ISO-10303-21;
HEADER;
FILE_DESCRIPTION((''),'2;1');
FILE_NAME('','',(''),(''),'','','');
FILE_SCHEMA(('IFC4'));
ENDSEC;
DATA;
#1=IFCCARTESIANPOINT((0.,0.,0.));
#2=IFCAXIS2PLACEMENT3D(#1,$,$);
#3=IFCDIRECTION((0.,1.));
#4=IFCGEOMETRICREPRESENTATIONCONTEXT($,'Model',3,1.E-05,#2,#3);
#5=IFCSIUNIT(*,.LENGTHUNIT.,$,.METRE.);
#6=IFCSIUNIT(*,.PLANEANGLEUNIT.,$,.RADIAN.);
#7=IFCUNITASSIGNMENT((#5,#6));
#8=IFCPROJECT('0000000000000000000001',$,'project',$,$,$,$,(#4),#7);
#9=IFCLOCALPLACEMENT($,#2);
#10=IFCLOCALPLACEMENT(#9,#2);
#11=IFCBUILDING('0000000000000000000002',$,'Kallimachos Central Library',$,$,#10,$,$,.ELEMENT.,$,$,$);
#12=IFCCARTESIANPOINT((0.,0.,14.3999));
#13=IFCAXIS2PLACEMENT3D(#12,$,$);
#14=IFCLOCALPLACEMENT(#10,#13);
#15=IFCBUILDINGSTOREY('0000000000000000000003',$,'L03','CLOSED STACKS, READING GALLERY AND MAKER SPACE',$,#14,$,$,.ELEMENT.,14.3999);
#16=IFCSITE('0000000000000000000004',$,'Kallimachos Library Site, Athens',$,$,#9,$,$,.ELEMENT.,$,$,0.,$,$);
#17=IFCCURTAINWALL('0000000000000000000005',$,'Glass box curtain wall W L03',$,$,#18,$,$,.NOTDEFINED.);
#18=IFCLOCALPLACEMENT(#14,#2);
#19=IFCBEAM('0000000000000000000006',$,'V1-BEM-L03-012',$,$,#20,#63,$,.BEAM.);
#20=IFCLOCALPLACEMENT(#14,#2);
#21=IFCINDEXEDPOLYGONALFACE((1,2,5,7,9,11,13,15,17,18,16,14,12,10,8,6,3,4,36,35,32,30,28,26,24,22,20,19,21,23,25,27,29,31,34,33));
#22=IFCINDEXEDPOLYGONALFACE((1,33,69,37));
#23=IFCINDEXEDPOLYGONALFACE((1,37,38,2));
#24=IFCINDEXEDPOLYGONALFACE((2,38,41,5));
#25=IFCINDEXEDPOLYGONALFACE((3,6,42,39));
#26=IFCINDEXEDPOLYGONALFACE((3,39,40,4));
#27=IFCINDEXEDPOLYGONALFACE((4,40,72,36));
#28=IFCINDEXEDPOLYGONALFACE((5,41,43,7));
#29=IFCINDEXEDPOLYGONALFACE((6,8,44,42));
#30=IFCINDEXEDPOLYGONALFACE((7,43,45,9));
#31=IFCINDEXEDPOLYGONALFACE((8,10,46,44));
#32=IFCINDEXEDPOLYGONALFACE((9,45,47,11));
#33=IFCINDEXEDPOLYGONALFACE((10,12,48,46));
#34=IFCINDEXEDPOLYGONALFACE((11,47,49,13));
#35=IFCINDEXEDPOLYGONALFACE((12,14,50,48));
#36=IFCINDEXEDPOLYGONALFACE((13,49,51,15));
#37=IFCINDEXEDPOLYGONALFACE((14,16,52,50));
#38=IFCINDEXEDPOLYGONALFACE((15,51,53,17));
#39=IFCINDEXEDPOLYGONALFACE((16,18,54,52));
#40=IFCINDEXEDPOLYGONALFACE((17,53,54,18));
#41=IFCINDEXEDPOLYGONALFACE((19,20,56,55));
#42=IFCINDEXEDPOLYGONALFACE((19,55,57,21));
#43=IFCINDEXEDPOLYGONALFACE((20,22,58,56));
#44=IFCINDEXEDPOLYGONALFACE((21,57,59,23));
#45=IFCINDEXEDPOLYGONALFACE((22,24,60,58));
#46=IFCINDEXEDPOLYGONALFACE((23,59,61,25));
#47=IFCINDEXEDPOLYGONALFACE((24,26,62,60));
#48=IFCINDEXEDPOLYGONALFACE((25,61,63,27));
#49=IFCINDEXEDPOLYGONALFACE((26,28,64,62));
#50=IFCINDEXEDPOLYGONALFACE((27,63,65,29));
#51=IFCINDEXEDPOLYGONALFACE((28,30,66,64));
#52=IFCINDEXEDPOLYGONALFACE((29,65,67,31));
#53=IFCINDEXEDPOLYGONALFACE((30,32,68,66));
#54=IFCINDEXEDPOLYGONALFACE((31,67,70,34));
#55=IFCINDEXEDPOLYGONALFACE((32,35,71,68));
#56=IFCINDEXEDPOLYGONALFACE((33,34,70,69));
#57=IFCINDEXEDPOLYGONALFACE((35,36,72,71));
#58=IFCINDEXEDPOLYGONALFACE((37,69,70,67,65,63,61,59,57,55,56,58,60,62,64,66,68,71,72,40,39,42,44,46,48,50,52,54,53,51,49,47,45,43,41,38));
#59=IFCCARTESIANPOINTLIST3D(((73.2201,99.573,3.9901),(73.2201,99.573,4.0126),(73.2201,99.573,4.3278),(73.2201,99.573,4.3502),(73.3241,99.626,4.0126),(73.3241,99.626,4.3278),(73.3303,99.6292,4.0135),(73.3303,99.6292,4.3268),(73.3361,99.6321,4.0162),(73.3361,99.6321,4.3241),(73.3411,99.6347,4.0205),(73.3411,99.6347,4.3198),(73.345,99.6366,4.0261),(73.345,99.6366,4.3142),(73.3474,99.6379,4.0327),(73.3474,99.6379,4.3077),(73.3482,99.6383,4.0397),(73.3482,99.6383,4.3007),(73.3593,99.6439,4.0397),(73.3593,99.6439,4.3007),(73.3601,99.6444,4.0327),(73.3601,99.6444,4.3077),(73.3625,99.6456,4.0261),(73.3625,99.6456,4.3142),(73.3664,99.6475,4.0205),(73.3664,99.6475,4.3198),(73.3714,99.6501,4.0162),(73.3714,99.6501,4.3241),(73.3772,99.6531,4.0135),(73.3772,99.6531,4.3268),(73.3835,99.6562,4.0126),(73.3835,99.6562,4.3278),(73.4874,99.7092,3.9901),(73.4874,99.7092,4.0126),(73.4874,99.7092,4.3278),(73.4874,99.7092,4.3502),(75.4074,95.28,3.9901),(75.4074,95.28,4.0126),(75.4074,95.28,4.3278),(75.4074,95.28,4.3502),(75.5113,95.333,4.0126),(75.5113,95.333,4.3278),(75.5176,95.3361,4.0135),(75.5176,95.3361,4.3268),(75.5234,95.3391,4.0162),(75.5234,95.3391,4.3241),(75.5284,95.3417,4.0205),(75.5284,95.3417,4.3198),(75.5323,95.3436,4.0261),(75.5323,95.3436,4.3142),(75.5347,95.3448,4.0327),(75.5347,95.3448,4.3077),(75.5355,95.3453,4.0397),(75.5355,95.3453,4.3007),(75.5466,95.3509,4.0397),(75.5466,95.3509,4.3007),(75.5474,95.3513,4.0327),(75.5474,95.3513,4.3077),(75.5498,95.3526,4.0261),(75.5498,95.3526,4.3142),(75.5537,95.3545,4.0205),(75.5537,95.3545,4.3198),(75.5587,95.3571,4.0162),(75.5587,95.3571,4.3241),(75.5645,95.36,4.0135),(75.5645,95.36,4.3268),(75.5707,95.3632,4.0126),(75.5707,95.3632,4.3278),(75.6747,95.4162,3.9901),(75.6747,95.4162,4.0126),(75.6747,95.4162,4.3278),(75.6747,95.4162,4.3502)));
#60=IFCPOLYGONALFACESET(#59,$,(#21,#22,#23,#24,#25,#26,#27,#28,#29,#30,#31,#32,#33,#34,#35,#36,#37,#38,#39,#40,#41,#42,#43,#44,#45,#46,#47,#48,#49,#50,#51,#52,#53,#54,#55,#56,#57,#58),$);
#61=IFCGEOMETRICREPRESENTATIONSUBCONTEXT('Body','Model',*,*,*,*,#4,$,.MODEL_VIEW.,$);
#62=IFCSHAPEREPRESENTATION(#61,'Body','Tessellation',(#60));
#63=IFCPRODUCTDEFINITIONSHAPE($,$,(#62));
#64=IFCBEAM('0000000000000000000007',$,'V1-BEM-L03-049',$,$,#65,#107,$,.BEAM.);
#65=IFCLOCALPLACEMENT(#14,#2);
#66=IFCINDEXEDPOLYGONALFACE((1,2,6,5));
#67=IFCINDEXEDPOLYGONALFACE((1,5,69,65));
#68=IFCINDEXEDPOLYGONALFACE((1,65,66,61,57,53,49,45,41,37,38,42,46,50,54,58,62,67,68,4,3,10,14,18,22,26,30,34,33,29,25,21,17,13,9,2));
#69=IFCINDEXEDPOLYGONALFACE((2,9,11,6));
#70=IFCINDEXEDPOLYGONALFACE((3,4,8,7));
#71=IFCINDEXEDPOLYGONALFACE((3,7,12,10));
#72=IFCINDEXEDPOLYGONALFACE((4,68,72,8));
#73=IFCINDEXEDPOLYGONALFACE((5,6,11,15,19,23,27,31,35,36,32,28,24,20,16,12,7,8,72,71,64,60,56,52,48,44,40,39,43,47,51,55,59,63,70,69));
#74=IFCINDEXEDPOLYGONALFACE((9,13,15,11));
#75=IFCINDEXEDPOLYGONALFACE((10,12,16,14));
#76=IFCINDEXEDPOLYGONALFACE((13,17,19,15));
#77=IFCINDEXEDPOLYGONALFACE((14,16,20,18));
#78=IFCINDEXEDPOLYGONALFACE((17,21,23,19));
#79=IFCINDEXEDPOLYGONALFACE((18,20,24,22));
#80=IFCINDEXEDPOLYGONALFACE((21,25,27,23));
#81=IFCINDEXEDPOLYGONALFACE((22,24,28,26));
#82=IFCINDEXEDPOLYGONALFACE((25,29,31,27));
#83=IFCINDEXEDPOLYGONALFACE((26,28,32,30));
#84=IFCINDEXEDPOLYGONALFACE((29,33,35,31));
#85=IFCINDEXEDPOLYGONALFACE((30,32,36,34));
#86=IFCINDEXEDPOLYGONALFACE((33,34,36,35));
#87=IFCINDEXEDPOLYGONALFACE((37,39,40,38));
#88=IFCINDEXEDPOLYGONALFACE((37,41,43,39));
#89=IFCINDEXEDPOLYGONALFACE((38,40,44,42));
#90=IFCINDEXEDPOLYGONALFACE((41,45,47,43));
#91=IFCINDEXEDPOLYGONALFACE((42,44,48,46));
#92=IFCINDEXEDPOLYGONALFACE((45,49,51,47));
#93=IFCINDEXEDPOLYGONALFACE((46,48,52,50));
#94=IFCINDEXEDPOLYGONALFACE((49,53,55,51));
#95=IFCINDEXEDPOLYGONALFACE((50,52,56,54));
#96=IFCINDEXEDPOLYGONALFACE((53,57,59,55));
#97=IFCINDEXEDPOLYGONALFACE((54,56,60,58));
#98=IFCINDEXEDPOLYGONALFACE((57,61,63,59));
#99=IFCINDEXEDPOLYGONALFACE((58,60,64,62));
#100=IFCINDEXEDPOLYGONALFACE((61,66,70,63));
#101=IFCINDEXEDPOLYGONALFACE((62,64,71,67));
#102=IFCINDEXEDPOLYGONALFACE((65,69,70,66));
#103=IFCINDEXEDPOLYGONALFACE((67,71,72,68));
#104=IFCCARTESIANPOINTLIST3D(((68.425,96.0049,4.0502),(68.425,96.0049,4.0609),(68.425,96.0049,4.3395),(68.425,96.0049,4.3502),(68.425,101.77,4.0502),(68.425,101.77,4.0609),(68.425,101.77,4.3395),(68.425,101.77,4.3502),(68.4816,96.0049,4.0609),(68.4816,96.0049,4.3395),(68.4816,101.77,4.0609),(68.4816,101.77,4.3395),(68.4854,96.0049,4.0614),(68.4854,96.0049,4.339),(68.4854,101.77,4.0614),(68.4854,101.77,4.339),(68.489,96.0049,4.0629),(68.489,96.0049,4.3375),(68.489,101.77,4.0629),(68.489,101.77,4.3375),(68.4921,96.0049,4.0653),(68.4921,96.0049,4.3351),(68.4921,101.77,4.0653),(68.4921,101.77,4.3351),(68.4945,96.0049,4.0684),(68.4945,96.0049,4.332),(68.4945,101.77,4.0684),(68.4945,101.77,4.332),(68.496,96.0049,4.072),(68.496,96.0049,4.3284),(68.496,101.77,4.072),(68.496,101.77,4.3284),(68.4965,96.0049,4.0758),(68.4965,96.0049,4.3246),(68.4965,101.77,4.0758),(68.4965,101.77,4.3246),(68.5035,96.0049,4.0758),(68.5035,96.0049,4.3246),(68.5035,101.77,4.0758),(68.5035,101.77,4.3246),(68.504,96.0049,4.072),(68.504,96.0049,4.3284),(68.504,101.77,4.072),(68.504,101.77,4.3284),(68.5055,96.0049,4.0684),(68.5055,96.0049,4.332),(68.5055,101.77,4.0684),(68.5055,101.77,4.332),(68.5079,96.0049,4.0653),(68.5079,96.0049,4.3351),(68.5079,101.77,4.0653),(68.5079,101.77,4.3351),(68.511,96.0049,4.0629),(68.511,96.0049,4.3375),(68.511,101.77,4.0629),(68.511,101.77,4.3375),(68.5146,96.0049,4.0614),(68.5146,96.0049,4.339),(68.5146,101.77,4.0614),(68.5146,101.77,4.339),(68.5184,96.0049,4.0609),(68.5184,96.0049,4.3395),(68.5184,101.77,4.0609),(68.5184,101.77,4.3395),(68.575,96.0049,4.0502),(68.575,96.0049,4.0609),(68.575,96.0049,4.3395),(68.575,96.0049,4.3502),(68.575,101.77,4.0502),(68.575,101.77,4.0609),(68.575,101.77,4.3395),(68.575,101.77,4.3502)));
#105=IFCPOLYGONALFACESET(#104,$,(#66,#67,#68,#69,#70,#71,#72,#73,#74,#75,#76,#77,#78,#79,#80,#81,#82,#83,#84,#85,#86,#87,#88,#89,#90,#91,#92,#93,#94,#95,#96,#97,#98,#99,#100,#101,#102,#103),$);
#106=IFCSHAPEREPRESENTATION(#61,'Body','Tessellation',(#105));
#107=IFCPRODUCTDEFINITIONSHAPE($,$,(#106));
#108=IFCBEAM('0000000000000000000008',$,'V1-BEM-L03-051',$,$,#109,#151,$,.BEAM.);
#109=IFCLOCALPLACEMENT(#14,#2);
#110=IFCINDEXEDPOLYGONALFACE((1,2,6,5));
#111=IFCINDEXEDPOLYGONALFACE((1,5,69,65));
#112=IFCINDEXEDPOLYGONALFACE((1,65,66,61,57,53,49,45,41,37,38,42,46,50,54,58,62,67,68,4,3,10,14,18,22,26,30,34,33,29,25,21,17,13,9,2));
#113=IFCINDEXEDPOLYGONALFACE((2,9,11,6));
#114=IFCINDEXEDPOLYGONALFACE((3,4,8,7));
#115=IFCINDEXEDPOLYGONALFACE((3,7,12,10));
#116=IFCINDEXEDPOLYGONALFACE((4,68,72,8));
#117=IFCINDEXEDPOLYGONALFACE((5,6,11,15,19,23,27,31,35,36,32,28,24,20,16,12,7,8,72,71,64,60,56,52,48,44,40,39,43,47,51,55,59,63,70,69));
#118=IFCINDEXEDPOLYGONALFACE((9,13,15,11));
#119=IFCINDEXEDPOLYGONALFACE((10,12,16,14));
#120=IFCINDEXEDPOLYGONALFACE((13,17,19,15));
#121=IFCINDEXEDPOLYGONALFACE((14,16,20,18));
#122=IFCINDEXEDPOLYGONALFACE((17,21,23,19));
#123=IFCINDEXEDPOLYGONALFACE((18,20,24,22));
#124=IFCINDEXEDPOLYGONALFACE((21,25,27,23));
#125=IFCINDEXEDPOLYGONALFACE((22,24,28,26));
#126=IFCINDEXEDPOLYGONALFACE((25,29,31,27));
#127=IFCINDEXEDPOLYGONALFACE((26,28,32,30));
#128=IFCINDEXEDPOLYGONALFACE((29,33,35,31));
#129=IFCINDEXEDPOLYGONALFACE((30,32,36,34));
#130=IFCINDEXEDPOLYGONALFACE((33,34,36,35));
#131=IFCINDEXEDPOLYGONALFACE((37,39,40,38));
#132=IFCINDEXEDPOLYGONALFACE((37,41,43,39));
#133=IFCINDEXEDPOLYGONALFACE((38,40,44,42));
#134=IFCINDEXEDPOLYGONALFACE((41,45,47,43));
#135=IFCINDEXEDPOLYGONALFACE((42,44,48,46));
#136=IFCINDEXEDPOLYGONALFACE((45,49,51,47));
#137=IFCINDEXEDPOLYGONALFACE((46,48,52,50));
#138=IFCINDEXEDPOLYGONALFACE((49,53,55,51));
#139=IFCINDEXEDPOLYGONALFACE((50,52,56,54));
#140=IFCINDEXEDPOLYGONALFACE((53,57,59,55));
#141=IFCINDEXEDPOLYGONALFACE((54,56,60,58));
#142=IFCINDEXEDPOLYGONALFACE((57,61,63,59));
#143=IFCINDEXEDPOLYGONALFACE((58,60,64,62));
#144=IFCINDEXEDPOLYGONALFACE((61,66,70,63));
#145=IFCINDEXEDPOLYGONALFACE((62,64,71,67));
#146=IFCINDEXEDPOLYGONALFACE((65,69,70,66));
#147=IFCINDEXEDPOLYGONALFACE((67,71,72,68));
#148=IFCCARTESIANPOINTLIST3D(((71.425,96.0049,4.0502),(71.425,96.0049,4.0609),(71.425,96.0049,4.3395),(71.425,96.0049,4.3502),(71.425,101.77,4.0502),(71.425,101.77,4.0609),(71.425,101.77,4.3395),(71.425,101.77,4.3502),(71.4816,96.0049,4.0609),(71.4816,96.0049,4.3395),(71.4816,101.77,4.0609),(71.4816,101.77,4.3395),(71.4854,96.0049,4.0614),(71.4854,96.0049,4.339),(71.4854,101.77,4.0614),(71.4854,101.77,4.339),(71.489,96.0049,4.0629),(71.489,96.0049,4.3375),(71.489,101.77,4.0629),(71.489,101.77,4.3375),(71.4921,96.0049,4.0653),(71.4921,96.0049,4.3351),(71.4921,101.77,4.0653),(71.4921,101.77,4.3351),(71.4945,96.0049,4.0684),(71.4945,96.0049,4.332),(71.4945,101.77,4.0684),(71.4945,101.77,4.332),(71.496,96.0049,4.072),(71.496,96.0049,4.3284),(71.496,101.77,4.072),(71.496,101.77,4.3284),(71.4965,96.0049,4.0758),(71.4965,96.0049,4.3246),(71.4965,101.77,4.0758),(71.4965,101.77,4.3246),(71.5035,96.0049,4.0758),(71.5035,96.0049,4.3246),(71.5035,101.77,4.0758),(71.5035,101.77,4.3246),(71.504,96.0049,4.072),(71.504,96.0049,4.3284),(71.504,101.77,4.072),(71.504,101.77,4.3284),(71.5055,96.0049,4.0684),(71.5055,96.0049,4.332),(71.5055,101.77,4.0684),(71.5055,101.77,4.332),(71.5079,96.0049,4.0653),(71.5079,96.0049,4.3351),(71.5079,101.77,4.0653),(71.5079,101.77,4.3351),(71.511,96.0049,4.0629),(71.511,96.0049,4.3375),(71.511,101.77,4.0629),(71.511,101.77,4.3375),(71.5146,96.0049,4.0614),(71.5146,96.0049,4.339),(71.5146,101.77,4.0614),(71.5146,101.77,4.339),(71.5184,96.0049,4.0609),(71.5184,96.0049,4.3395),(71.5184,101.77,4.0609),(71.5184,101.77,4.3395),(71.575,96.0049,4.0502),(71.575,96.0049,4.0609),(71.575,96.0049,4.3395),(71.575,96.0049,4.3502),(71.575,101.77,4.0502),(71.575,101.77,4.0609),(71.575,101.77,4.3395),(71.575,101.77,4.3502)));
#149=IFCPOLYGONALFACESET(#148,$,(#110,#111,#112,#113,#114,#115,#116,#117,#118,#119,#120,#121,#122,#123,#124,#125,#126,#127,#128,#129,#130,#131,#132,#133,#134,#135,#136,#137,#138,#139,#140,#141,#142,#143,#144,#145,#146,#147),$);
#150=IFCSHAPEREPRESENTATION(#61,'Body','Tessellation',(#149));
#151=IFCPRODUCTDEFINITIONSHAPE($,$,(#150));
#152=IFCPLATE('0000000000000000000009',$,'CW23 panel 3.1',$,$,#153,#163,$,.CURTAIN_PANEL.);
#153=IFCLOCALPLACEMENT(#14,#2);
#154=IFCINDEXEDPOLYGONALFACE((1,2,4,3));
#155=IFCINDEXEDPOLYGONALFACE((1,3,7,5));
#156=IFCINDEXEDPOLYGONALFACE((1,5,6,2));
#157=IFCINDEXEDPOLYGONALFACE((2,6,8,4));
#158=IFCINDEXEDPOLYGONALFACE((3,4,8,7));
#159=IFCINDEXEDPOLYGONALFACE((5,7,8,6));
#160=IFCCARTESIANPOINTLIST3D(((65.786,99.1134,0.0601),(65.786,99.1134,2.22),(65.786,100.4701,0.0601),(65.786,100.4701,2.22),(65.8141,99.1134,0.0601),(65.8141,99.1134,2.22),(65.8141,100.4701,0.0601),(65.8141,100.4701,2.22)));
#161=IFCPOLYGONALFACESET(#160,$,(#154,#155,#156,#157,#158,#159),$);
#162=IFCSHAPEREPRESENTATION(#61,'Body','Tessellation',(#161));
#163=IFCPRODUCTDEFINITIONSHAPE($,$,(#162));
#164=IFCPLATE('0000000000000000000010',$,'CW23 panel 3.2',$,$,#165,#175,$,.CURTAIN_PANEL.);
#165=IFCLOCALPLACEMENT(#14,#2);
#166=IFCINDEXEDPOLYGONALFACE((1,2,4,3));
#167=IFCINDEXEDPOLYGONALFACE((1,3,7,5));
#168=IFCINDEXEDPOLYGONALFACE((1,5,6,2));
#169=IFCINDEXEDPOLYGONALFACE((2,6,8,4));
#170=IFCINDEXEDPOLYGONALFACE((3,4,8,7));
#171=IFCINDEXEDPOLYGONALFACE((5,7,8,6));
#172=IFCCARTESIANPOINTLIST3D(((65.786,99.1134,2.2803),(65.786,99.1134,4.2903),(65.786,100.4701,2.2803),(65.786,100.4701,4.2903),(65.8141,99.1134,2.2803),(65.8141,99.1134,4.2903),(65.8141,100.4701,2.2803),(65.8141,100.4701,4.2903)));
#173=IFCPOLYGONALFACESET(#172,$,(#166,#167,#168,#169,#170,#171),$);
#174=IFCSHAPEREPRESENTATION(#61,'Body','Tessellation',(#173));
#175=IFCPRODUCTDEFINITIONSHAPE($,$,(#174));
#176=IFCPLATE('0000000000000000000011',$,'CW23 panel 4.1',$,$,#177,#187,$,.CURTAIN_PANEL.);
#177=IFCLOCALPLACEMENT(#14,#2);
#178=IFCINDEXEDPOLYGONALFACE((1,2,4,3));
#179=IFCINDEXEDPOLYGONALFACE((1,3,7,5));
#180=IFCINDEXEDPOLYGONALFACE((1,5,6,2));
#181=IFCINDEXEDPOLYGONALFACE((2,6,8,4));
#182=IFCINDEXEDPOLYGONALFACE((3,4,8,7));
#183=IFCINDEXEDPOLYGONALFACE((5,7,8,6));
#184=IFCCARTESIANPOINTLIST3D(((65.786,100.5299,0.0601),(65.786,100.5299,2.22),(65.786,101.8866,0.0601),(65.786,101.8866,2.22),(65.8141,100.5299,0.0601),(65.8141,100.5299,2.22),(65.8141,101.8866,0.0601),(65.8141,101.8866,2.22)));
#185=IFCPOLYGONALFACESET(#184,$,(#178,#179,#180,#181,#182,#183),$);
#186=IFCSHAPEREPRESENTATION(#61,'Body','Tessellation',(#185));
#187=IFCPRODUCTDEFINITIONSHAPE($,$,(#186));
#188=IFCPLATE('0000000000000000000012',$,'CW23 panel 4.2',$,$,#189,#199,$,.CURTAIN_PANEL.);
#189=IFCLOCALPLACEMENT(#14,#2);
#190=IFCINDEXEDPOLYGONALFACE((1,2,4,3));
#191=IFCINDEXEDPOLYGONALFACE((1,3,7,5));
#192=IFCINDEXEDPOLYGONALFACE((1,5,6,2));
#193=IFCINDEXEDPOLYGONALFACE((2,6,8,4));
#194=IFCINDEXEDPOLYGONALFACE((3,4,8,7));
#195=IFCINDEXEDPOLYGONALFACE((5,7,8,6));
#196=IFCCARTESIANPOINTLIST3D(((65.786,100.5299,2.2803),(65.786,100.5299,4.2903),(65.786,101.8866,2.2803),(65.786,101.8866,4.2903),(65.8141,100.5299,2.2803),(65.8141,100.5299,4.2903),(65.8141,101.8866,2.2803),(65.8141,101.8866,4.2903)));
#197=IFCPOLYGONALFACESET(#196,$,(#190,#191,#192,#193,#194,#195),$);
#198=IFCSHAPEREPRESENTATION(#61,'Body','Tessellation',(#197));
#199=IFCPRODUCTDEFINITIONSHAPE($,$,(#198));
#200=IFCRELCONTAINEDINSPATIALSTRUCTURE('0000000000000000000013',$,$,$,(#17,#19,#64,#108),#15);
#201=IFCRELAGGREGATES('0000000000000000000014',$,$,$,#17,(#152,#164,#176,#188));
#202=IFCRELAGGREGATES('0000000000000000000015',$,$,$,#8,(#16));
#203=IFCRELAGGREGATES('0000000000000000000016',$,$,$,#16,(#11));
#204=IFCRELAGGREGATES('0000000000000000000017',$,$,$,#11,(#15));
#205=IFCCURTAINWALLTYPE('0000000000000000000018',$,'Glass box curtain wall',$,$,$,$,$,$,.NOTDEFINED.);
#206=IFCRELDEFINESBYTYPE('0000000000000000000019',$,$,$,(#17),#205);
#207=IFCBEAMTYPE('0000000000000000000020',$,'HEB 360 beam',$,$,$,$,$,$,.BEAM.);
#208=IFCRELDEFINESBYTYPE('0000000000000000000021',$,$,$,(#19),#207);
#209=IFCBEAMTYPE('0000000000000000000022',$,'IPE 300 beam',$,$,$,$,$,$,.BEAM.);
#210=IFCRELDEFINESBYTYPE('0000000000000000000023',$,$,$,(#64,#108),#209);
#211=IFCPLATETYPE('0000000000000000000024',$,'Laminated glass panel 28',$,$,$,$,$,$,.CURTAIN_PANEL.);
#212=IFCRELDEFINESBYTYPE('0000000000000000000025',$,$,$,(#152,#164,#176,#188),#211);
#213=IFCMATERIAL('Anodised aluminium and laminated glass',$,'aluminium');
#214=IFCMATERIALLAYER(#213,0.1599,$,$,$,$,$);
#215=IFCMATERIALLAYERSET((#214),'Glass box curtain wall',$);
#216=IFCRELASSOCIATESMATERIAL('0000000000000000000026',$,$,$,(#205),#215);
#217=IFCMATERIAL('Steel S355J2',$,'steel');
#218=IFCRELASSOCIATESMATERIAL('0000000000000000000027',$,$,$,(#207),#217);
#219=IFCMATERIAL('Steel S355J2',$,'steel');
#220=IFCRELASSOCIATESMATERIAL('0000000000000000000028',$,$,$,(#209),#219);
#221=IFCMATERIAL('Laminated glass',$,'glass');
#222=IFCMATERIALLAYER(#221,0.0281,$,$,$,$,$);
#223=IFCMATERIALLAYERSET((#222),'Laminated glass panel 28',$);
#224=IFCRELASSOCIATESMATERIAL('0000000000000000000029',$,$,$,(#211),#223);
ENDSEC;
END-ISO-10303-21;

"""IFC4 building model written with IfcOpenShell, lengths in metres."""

from ifc_helpers import new_model, si_unit, direction, frame, origin, origin_2d, place, context, subcontext, project, spatial, rectangle, i_section, extrude, material, layer, layer_set, material_profile, profile_set, type_object, element, aggregate, save


model = new_model("IFC4")

# Units and contexts
model_context = context("Model", 3, precision=1e-05, world=origin(), true_north=direction((0.0, 1.0)))
body_context = subcontext(model_context, "Body", "Model", "MODEL_VIEW")
ifc_project = project(units=[si_unit("LENGTHUNIT", "METRE"), si_unit("PLANEANGLEUNIT", "RADIAN")], contexts=[model_context])

# Site, building, storey
site_placement = place(None, origin())
site = spatial("IfcSite", under=ifc_project, at=site_placement, Name="Kallimachos Library Site, Athens", CompositionType="ELEMENT", RefElevation=0.0)
building_placement = place(site_placement, origin())
building = spatial("IfcBuilding", under=site, at=building_placement, Name="Kallimachos Central Library", CompositionType="ELEMENT")
storey_placement = place(building_placement, frame((0.0, 0.0, 14.3999)))
storey = spatial("IfcBuildingStorey", under=building, at=storey_placement, Name="L03", Description="CLOSED STACKS, READING GALLERY AND MAKER SPACE", CompositionType="ELEMENT", Elevation=14.3999)

# Curtain wall
ifc_material_1 = material(Name="Anodised aluminium and laminated glass", Category="aluminium")
ifc_layer_1 = layer(ifc_material_1, 0.1599)
ifc_layer_set_1 = layer_set([ifc_layer_1], Name="Glass box curtain wall")
curtain_wall_type = type_object("IfcCurtainWallType", Name="Glass box curtain wall", PredefinedType="NOTDEFINED", material=ifc_layer_set_1)
curtain_wall_placement = place(storey_placement, origin())
curtain_wall = element("IfcCurtainWall", 1, at=curtain_wall_placement, inside=storey, type_object=curtain_wall_type, Name="Glass box curtain wall W L03", PredefinedType="NOTDEFINED")

# Beams
ifc_material_2 = material(Name="Steel S355J2", Category="steel")
ifc_material_profile_1 = material_profile(ifc_material_2, i_section(OverallWidth=0.3, OverallDepth=0.3601, WebThickness=0.0125, FlangeThickness=0.0225, FilletRadius=0.0271, at=origin_2d()), Name="HEB 360")
ifc_profile_set_1 = profile_set([ifc_material_profile_1], Name="Steel S355J2")
beam_type_1 = type_object("IfcBeamType", Name="HEB 360 beam", PredefinedType="BEAM", material=ifc_profile_set_1)
beam_placement = place(storey_placement, frame((73.3538, 99.6411, 4.1702), z_axis=(0.453971, -0.891017, 0.0), x_axis=(0.891017, 0.453971, 0.0)))
element("IfcBeam", 2, at=beam_placement, inside=storey, type_object=beam_type_1, Name="V1-BEM-L03-012", PredefinedType="BEAM", context=body_context, shape_type="SweptSolid", body=[
    extrude(i_section(OverallWidth=0.3, OverallDepth=0.3601, WebThickness=0.0125, FlangeThickness=0.0225, FilletRadius=0.0271, at=origin_2d()), origin(), (0.0, 0.0, 1.0), 4.8181),
])
ifc_material_3 = material(Name="Steel S355J2", Category="steel")
ifc_material_profile_2 = material_profile(ifc_material_3, i_section(OverallWidth=0.1499, OverallDepth=0.3, WebThickness=0.0071, FlangeThickness=0.0107, FilletRadius=0.0149, at=origin_2d()), Name="IPE 300")
ifc_profile_set_2 = profile_set([ifc_material_profile_2], Name="Steel S355J2")
beam_type_2 = type_object("IfcBeamType", Name="IPE 300 beam", PredefinedType="BEAM", material=ifc_profile_set_2)
for number, where, z_axis, x_axis, name in (
    (3, (68.5, 96.0049, 4.2002), (0.0, 1.0, 0.0), (-1.0, 0.0, 0.0), "V1-BEM-L03-049"),
    (4, (71.5, 96.0049, 4.2002), (0.0, 1.0, 0.0), (-1.0, 0.0, 0.0), "V1-BEM-L03-051"),
):
    element("IfcBeam", number, at=place(storey_placement, frame(where, z_axis=z_axis, x_axis=x_axis)), inside=storey, type_object=beam_type_2, Name=name, PredefinedType="BEAM", context=body_context, shape_type="SweptSolid", body=[
        extrude(i_section(OverallWidth=0.1499, OverallDepth=0.3, WebThickness=0.0071, FlangeThickness=0.0107, FilletRadius=0.0149, at=origin_2d()), origin(), (0.0, 0.0, 1.0), 5.7651),
    ])

# Plates
ifc_material_4 = material(Name="Laminated glass", Category="glass")
ifc_layer_2 = layer(ifc_material_4, 0.0281)
ifc_layer_set_2 = layer_set([ifc_layer_2], Name="Laminated glass panel 28")
plate_type = type_object("IfcPlateType", Name="Laminated glass panel 28", PredefinedType="CURTAIN_PANEL", material=ifc_layer_set_2)
plate_1_placement = place(storey_placement, frame((65.8, 99.7917, 0.0601), z_axis=(0.0, 0.0, 1.0), x_axis=(0.0, 1.0, 0.0)))
plate_1 = element("IfcPlate", 5, at=plate_1_placement, type_object=plate_type, Name="CW23 panel 3.1", PredefinedType="CURTAIN_PANEL", context=body_context, shape_type="SweptSolid", body=[
    extrude(rectangle(XDim=1.3567, YDim=0.0281, at=origin_2d()), origin(), (0.0, 0.0, 1.0), 2.1599),
])
plate_2_placement = place(storey_placement, frame((65.8, 99.7917, 2.2803), z_axis=(0.0, 0.0, 1.0), x_axis=(0.0, 1.0, 0.0)))
plate_2 = element("IfcPlate", 6, at=plate_2_placement, type_object=plate_type, Name="CW23 panel 3.2", PredefinedType="CURTAIN_PANEL", context=body_context, shape_type="SweptSolid", body=[
    extrude(rectangle(XDim=1.3567, YDim=0.0281, at=origin_2d()), origin(), (0.0, 0.0, 1.0), 2.01),
])
plate_3_placement = place(storey_placement, frame((65.8, 101.2083, 0.0601), z_axis=(0.0, 0.0, 1.0), x_axis=(0.0, 1.0, 0.0)))
plate_3 = element("IfcPlate", 7, at=plate_3_placement, type_object=plate_type, Name="CW23 panel 4.1", PredefinedType="CURTAIN_PANEL", context=body_context, shape_type="SweptSolid", body=[
    extrude(rectangle(XDim=1.3567, YDim=0.0281, at=origin_2d()), origin(), (0.0, 0.0, 1.0), 2.1599),
])
plate_4_placement = place(storey_placement, frame((65.8, 101.2083, 2.2803), z_axis=(0.0, 0.0, 1.0), x_axis=(0.0, 1.0, 0.0)))
plate_4 = element("IfcPlate", 8, at=plate_4_placement, type_object=plate_type, Name="CW23 panel 4.2", PredefinedType="CURTAIN_PANEL", context=body_context, shape_type="SweptSolid", body=[
    extrude(rectangle(XDim=1.3567, YDim=0.0281, at=origin_2d()), origin(), (0.0, 0.0, 1.0), 2.01),
])
aggregate(curtain_wall, [plate_1, plate_2, plate_3, plate_4])

save(model, "model.ifc")
